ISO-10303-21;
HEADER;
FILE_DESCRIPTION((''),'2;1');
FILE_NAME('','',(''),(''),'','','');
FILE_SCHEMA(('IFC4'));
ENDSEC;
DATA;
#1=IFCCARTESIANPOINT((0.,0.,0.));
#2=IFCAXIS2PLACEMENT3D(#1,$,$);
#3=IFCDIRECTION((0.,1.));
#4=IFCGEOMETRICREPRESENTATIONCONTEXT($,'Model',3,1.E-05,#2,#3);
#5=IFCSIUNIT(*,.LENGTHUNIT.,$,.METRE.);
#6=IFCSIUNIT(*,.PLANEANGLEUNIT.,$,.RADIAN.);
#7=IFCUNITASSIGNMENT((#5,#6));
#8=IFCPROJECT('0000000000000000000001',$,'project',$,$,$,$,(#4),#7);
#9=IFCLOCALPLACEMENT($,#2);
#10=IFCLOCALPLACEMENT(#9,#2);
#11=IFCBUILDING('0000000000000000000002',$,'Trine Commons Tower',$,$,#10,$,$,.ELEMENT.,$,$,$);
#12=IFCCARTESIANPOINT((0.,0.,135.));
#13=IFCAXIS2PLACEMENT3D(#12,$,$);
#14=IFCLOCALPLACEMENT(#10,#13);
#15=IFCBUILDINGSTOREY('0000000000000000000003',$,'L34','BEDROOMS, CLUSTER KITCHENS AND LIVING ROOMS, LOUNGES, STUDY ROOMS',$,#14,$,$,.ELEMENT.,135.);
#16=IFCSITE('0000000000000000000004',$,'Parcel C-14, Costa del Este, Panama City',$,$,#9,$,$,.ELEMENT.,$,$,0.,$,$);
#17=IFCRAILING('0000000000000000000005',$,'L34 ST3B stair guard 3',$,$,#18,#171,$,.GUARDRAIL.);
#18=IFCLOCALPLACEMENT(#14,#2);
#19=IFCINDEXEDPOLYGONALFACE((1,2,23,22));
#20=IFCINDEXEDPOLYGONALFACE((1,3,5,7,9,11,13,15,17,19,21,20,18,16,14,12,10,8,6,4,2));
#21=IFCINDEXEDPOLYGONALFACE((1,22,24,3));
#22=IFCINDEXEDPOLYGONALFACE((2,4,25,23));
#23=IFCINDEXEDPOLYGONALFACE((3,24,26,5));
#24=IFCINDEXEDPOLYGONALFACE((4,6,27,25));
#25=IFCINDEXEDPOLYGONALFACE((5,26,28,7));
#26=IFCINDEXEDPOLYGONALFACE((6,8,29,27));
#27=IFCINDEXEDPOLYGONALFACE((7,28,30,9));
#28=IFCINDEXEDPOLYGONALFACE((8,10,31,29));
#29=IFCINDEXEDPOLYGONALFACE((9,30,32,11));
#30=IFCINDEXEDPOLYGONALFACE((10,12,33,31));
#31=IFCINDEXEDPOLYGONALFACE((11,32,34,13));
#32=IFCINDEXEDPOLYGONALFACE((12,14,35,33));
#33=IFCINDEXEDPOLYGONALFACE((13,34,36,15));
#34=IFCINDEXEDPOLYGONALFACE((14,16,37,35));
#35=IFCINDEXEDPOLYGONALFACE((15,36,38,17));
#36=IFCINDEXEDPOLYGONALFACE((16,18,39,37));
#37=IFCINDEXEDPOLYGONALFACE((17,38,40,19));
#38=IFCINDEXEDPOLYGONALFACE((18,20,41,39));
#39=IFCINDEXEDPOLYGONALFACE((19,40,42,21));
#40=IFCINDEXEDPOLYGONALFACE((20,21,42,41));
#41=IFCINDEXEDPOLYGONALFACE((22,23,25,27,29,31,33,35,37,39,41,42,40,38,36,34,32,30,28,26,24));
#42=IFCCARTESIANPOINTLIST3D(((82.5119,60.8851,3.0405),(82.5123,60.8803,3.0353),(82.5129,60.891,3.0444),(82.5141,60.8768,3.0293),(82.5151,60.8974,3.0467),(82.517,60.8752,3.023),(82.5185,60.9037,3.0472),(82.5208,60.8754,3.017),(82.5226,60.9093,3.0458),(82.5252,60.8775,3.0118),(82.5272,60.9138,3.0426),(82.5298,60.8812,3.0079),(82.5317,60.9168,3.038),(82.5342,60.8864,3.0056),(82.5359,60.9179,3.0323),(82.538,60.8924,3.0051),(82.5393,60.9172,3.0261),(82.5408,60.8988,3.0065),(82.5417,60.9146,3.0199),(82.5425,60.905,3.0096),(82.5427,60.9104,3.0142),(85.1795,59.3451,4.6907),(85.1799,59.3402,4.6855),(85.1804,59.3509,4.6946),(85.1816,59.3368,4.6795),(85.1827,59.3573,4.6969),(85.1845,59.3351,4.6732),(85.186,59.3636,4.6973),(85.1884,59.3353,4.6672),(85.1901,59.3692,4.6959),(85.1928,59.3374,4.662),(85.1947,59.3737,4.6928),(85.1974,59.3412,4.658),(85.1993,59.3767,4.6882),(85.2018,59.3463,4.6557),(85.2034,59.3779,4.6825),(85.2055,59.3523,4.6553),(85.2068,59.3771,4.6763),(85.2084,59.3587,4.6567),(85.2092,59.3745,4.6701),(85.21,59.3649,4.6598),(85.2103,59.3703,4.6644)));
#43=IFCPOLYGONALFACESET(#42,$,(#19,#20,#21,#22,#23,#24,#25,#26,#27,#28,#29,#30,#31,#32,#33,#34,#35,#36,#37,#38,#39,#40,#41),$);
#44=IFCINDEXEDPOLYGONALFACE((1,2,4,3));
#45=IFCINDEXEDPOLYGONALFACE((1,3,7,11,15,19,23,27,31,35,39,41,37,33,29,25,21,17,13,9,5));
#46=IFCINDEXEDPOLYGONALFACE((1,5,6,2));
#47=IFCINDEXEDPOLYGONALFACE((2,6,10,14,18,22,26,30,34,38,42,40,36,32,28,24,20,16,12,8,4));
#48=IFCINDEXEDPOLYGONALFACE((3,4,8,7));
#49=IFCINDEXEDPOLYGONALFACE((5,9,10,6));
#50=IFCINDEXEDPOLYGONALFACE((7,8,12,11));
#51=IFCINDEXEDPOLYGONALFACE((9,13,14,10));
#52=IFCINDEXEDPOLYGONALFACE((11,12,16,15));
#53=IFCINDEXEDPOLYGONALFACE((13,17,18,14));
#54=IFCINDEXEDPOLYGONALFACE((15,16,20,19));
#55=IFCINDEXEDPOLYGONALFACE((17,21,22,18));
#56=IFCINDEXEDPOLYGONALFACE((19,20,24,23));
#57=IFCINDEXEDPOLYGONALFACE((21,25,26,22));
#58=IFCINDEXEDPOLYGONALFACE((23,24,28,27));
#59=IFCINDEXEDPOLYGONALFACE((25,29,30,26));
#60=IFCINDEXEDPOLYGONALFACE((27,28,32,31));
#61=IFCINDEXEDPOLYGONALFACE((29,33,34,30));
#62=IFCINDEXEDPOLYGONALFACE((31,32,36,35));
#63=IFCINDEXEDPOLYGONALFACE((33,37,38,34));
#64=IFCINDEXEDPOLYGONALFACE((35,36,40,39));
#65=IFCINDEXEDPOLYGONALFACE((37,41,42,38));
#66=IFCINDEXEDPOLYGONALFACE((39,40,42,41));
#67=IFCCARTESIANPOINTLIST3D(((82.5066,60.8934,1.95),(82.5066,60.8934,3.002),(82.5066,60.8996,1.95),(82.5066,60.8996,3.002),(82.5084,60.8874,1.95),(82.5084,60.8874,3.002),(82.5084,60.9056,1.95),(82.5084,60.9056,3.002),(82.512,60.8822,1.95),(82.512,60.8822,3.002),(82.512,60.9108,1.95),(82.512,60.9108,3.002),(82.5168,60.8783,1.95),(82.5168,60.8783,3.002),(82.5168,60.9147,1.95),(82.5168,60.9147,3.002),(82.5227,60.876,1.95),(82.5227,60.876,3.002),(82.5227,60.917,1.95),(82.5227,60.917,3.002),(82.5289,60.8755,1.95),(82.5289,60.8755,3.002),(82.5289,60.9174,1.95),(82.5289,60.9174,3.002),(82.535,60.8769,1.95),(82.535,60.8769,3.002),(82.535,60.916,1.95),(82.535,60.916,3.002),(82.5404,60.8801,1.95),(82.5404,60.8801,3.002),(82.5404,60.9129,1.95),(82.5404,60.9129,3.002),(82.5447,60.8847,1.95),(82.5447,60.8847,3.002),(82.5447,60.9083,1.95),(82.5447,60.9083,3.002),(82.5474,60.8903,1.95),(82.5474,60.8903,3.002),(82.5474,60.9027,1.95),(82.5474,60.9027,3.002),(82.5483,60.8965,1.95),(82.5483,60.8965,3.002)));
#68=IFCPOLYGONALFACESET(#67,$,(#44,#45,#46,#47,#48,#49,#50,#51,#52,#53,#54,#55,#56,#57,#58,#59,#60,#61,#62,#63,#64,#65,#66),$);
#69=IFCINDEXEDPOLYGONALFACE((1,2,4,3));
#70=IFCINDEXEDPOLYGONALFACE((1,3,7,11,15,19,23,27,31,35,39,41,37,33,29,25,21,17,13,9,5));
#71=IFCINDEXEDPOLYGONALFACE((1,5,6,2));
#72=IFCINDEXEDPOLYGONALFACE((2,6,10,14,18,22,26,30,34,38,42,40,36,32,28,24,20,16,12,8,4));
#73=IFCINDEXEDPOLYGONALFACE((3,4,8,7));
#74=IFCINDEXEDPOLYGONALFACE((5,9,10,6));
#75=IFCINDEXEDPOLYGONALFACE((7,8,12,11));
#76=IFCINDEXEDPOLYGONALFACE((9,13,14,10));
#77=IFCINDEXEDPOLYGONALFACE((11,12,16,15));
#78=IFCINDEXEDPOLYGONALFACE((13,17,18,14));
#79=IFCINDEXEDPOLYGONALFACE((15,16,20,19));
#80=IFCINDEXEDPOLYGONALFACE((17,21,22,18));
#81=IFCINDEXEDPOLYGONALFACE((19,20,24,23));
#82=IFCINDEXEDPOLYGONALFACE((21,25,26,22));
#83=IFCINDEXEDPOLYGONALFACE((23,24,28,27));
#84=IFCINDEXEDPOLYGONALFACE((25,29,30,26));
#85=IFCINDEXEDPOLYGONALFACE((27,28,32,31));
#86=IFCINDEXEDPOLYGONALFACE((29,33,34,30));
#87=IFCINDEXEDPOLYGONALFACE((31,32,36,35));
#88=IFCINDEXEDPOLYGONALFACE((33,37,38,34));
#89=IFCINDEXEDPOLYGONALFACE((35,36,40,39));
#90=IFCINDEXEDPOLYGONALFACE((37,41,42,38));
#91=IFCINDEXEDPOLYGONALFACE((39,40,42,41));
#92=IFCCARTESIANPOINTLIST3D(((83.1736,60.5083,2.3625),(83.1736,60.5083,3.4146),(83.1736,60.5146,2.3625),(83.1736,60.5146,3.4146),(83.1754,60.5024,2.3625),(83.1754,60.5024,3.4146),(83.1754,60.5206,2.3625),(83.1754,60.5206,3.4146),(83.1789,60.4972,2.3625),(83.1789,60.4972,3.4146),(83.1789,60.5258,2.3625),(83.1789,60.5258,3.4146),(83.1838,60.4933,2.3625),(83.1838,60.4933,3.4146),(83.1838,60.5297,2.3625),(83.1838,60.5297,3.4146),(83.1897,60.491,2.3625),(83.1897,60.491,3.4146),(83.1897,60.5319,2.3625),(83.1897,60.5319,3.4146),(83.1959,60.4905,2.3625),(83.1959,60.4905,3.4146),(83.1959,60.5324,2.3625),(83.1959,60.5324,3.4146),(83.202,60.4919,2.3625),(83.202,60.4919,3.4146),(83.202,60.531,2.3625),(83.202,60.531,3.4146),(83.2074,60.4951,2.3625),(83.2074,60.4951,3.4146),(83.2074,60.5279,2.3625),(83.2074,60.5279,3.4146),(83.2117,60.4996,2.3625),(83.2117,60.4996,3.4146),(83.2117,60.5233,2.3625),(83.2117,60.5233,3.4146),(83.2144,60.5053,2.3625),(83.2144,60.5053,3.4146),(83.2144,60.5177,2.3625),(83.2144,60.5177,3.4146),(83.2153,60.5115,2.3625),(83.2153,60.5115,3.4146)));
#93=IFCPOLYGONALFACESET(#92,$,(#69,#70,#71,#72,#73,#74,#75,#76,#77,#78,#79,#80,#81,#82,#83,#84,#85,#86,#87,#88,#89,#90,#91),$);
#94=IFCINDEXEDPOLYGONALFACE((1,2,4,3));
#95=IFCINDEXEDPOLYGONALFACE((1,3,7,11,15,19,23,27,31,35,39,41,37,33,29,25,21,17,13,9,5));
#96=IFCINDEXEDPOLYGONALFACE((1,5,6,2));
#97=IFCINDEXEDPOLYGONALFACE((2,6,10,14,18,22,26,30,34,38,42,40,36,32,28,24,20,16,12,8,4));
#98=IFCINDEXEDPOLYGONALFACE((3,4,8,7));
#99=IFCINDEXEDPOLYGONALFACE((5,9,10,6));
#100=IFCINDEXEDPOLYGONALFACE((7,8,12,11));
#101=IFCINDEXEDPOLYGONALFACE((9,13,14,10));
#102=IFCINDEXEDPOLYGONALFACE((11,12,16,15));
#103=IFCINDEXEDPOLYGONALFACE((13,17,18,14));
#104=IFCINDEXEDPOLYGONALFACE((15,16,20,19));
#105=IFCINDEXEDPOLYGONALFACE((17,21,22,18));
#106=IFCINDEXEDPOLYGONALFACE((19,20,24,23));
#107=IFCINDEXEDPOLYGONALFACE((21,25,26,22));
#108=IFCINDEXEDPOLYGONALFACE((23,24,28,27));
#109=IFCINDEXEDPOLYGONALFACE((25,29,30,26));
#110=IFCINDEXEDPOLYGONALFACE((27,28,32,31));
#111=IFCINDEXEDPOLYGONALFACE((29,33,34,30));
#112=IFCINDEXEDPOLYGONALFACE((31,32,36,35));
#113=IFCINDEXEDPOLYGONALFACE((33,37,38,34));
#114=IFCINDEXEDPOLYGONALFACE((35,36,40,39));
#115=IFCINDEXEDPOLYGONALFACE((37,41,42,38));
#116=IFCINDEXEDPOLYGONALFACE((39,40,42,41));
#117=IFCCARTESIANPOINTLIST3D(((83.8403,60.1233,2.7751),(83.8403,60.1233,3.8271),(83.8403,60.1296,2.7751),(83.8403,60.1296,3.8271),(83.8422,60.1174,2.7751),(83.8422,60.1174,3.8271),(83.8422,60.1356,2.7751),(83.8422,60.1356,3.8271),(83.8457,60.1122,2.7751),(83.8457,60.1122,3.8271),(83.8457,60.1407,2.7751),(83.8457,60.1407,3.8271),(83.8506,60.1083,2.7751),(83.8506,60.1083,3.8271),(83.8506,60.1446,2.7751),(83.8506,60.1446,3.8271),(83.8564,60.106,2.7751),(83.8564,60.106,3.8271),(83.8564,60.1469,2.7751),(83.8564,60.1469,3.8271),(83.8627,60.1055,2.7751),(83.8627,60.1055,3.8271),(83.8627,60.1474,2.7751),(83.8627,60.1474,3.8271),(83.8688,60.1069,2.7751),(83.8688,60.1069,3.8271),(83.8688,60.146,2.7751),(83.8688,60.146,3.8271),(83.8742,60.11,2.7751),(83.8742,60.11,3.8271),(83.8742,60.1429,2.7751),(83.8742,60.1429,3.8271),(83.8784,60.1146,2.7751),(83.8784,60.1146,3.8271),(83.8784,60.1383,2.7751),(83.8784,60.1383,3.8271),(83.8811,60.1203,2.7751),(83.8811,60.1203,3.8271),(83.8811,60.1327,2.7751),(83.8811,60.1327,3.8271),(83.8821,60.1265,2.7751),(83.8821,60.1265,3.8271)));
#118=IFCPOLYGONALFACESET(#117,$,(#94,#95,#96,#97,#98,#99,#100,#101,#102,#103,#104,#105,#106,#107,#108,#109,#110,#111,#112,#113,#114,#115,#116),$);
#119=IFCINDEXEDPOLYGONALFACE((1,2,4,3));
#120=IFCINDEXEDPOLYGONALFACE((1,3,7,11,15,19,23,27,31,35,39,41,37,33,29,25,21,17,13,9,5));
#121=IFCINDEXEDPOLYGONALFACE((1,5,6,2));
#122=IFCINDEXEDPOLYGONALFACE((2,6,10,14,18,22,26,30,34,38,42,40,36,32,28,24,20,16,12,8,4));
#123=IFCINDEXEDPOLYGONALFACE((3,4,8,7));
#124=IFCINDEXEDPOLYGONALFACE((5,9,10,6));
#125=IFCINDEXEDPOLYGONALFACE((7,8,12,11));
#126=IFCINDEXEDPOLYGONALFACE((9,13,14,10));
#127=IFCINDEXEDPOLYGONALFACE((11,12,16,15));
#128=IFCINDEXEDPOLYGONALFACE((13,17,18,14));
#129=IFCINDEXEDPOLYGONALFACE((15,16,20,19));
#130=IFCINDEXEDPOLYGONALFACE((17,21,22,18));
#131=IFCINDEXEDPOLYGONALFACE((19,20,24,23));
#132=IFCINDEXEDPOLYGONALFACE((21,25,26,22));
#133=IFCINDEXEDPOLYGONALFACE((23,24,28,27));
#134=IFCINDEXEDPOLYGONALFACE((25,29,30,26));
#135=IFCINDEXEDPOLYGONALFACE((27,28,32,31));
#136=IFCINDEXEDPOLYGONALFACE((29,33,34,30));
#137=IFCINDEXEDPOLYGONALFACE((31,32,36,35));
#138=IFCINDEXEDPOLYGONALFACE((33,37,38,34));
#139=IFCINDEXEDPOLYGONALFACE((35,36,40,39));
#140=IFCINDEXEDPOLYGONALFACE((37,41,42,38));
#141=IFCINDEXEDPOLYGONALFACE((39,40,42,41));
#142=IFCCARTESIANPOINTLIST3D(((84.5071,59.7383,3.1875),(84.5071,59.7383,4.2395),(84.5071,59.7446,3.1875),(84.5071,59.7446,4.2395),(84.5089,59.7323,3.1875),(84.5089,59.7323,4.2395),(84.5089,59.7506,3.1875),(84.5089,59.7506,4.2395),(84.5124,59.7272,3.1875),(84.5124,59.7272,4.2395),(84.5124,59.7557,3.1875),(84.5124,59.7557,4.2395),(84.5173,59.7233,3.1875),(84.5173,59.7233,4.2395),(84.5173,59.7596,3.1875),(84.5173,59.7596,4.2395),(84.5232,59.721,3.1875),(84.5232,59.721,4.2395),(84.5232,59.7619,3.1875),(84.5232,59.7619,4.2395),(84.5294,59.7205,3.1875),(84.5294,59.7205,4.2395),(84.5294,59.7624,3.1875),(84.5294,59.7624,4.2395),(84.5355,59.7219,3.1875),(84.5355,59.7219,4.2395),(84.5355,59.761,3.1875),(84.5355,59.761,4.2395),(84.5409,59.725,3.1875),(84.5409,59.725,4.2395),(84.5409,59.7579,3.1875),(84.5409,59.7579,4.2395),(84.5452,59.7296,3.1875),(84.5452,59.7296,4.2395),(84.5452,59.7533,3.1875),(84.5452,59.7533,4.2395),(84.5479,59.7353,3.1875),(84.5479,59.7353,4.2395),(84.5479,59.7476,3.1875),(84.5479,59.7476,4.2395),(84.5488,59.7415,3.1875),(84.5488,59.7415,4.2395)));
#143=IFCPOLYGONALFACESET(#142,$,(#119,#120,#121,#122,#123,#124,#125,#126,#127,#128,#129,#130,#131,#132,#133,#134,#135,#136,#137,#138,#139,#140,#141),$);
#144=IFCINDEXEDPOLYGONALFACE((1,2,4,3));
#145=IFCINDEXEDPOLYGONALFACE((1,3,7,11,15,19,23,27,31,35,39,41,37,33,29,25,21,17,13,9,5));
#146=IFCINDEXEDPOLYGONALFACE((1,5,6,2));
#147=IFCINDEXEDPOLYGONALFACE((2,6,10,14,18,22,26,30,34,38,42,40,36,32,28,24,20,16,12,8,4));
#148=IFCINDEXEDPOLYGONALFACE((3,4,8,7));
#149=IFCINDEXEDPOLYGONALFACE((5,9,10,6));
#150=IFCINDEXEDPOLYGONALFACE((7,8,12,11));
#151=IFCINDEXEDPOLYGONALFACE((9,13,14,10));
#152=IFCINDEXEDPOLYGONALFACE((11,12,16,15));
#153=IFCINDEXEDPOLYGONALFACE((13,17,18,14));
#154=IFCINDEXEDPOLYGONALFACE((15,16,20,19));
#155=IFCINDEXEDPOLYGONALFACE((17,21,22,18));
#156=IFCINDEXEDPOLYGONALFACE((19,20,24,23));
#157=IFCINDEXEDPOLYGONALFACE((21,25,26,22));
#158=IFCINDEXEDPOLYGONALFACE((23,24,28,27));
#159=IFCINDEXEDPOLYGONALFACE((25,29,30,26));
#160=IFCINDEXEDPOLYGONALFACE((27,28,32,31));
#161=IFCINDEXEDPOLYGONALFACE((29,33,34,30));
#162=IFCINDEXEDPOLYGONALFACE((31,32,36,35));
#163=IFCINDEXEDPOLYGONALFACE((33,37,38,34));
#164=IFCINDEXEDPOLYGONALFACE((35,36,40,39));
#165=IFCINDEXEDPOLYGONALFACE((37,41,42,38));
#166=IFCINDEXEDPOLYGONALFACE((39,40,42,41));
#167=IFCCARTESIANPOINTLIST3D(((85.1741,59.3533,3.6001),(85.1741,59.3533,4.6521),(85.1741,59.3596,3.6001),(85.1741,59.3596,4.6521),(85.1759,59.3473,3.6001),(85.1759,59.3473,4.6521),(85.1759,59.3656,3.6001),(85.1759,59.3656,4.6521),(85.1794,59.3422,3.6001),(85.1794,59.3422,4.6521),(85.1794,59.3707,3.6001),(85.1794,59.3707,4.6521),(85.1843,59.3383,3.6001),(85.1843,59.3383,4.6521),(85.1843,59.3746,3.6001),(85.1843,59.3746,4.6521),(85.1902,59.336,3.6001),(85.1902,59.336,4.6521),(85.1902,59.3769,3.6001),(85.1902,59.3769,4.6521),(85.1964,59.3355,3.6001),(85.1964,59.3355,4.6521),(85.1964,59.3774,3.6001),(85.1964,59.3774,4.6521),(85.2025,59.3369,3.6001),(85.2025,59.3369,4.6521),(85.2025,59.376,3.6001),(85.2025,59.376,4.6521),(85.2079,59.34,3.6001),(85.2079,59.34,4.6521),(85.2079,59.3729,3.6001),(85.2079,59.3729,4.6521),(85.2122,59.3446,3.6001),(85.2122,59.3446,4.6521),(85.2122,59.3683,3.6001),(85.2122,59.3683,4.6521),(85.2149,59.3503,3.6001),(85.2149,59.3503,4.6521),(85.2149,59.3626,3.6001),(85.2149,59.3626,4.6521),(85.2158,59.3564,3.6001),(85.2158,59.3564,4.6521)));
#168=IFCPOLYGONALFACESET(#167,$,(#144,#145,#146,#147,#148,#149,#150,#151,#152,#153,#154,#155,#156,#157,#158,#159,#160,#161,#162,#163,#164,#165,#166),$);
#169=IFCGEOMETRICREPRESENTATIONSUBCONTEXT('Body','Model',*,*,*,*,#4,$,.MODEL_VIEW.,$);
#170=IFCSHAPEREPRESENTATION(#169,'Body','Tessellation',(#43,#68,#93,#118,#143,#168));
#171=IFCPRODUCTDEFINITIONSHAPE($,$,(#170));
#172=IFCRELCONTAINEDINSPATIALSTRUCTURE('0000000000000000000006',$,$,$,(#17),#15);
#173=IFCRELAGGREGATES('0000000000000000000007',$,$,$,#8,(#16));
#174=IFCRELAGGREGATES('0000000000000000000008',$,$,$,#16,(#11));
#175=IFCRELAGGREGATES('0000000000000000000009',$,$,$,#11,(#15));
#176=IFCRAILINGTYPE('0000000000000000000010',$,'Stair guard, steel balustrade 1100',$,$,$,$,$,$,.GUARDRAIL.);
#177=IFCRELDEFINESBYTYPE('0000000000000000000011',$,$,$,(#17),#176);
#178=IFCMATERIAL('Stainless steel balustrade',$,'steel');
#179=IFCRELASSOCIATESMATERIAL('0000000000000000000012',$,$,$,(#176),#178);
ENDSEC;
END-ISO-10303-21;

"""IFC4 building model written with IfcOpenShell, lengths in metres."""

from ifc_helpers import new_model, si_unit, direction, frame, origin, origin_2d, place, context, subcontext, project, spatial, circle, extrude, material, type_object, element, save


model = new_model("IFC4")

# Units and contexts
model_context = context("Model", 3, precision=1e-05, world=origin(), true_north=direction((0.0, 1.0)))
body_context = subcontext(model_context, "Body", "Model", "MODEL_VIEW")
ifc_project = project(units=[si_unit("LENGTHUNIT", "METRE"), si_unit("PLANEANGLEUNIT", "RADIAN")], contexts=[model_context])

# Site, building, storey
site_placement = place(None, origin())
site = spatial("IfcSite", under=ifc_project, at=site_placement, Name="Parcel C-14, Costa del Este, Panama City", CompositionType="ELEMENT", RefElevation=0.0)
building_placement = place(site_placement, origin())
building = spatial("IfcBuilding", under=site, at=building_placement, Name="Trine Commons Tower", CompositionType="ELEMENT")
storey_placement = place(building_placement, frame((0.0, 0.0, 135.0)))
storey = spatial("IfcBuildingStorey", under=building, at=storey_placement, Name="L34", Description="BEDROOMS, CLUSTER KITCHENS AND LIVING ROOMS, LOUNGES, STUDY ROOMS", CompositionType="ELEMENT", Elevation=135.0)

# Railing
ifc_material_1 = material(Name="Stainless steel balustrade", Category="steel")
railing_type_1 = type_object("IfcRailingType", Name="Stair guard, steel balustrade 1100", PredefinedType="GUARDRAIL", material=ifc_material_1)
railing_1_placement = place(storey_placement, frame((82.5273, 60.8965, 1.95)))
element("IfcRailing", 1, at=railing_1_placement, inside=storey, type_object=railing_type_1, Name="L34 ST3B stair guard 3", PredefinedType="GUARDRAIL", context=body_context, shape_type="SweptSolid", body=[
    extrude(circle(Radius=0.0239, at=origin_2d()), frame((0.0, 0.0, 1.0762), z_axis=(0.76338, -0.440728, 0.472239), x_axis=(0.499992, 0.86603, 0.0)), (0.0, 0.0, 1.0), 3.4944),
    extrude(circle(Radius=0.021, at=origin_2d()), origin(), (0.0, 0.0, 1.0), 1.052),
    extrude(circle(Radius=0.021, at=origin_2d()), frame((0.667, -0.385, 0.4126)), (0.0, 0.0, 1.0), 1.052),
    extrude(circle(Radius=0.021, at=origin_2d()), frame((1.3337, -0.77, 0.8252)), (0.0, 0.0, 1.0), 1.052),
    extrude(circle(Radius=0.021, at=origin_2d()), frame((2.0005, -1.155, 1.2375)), (0.0, 0.0, 1.0), 1.052),
    extrude(circle(Radius=0.021, at=origin_2d()), frame((2.6675, -1.54, 1.6501)), (0.0, 0.0, 1.0), 1.052),
])

save(model, "model.ifc")
